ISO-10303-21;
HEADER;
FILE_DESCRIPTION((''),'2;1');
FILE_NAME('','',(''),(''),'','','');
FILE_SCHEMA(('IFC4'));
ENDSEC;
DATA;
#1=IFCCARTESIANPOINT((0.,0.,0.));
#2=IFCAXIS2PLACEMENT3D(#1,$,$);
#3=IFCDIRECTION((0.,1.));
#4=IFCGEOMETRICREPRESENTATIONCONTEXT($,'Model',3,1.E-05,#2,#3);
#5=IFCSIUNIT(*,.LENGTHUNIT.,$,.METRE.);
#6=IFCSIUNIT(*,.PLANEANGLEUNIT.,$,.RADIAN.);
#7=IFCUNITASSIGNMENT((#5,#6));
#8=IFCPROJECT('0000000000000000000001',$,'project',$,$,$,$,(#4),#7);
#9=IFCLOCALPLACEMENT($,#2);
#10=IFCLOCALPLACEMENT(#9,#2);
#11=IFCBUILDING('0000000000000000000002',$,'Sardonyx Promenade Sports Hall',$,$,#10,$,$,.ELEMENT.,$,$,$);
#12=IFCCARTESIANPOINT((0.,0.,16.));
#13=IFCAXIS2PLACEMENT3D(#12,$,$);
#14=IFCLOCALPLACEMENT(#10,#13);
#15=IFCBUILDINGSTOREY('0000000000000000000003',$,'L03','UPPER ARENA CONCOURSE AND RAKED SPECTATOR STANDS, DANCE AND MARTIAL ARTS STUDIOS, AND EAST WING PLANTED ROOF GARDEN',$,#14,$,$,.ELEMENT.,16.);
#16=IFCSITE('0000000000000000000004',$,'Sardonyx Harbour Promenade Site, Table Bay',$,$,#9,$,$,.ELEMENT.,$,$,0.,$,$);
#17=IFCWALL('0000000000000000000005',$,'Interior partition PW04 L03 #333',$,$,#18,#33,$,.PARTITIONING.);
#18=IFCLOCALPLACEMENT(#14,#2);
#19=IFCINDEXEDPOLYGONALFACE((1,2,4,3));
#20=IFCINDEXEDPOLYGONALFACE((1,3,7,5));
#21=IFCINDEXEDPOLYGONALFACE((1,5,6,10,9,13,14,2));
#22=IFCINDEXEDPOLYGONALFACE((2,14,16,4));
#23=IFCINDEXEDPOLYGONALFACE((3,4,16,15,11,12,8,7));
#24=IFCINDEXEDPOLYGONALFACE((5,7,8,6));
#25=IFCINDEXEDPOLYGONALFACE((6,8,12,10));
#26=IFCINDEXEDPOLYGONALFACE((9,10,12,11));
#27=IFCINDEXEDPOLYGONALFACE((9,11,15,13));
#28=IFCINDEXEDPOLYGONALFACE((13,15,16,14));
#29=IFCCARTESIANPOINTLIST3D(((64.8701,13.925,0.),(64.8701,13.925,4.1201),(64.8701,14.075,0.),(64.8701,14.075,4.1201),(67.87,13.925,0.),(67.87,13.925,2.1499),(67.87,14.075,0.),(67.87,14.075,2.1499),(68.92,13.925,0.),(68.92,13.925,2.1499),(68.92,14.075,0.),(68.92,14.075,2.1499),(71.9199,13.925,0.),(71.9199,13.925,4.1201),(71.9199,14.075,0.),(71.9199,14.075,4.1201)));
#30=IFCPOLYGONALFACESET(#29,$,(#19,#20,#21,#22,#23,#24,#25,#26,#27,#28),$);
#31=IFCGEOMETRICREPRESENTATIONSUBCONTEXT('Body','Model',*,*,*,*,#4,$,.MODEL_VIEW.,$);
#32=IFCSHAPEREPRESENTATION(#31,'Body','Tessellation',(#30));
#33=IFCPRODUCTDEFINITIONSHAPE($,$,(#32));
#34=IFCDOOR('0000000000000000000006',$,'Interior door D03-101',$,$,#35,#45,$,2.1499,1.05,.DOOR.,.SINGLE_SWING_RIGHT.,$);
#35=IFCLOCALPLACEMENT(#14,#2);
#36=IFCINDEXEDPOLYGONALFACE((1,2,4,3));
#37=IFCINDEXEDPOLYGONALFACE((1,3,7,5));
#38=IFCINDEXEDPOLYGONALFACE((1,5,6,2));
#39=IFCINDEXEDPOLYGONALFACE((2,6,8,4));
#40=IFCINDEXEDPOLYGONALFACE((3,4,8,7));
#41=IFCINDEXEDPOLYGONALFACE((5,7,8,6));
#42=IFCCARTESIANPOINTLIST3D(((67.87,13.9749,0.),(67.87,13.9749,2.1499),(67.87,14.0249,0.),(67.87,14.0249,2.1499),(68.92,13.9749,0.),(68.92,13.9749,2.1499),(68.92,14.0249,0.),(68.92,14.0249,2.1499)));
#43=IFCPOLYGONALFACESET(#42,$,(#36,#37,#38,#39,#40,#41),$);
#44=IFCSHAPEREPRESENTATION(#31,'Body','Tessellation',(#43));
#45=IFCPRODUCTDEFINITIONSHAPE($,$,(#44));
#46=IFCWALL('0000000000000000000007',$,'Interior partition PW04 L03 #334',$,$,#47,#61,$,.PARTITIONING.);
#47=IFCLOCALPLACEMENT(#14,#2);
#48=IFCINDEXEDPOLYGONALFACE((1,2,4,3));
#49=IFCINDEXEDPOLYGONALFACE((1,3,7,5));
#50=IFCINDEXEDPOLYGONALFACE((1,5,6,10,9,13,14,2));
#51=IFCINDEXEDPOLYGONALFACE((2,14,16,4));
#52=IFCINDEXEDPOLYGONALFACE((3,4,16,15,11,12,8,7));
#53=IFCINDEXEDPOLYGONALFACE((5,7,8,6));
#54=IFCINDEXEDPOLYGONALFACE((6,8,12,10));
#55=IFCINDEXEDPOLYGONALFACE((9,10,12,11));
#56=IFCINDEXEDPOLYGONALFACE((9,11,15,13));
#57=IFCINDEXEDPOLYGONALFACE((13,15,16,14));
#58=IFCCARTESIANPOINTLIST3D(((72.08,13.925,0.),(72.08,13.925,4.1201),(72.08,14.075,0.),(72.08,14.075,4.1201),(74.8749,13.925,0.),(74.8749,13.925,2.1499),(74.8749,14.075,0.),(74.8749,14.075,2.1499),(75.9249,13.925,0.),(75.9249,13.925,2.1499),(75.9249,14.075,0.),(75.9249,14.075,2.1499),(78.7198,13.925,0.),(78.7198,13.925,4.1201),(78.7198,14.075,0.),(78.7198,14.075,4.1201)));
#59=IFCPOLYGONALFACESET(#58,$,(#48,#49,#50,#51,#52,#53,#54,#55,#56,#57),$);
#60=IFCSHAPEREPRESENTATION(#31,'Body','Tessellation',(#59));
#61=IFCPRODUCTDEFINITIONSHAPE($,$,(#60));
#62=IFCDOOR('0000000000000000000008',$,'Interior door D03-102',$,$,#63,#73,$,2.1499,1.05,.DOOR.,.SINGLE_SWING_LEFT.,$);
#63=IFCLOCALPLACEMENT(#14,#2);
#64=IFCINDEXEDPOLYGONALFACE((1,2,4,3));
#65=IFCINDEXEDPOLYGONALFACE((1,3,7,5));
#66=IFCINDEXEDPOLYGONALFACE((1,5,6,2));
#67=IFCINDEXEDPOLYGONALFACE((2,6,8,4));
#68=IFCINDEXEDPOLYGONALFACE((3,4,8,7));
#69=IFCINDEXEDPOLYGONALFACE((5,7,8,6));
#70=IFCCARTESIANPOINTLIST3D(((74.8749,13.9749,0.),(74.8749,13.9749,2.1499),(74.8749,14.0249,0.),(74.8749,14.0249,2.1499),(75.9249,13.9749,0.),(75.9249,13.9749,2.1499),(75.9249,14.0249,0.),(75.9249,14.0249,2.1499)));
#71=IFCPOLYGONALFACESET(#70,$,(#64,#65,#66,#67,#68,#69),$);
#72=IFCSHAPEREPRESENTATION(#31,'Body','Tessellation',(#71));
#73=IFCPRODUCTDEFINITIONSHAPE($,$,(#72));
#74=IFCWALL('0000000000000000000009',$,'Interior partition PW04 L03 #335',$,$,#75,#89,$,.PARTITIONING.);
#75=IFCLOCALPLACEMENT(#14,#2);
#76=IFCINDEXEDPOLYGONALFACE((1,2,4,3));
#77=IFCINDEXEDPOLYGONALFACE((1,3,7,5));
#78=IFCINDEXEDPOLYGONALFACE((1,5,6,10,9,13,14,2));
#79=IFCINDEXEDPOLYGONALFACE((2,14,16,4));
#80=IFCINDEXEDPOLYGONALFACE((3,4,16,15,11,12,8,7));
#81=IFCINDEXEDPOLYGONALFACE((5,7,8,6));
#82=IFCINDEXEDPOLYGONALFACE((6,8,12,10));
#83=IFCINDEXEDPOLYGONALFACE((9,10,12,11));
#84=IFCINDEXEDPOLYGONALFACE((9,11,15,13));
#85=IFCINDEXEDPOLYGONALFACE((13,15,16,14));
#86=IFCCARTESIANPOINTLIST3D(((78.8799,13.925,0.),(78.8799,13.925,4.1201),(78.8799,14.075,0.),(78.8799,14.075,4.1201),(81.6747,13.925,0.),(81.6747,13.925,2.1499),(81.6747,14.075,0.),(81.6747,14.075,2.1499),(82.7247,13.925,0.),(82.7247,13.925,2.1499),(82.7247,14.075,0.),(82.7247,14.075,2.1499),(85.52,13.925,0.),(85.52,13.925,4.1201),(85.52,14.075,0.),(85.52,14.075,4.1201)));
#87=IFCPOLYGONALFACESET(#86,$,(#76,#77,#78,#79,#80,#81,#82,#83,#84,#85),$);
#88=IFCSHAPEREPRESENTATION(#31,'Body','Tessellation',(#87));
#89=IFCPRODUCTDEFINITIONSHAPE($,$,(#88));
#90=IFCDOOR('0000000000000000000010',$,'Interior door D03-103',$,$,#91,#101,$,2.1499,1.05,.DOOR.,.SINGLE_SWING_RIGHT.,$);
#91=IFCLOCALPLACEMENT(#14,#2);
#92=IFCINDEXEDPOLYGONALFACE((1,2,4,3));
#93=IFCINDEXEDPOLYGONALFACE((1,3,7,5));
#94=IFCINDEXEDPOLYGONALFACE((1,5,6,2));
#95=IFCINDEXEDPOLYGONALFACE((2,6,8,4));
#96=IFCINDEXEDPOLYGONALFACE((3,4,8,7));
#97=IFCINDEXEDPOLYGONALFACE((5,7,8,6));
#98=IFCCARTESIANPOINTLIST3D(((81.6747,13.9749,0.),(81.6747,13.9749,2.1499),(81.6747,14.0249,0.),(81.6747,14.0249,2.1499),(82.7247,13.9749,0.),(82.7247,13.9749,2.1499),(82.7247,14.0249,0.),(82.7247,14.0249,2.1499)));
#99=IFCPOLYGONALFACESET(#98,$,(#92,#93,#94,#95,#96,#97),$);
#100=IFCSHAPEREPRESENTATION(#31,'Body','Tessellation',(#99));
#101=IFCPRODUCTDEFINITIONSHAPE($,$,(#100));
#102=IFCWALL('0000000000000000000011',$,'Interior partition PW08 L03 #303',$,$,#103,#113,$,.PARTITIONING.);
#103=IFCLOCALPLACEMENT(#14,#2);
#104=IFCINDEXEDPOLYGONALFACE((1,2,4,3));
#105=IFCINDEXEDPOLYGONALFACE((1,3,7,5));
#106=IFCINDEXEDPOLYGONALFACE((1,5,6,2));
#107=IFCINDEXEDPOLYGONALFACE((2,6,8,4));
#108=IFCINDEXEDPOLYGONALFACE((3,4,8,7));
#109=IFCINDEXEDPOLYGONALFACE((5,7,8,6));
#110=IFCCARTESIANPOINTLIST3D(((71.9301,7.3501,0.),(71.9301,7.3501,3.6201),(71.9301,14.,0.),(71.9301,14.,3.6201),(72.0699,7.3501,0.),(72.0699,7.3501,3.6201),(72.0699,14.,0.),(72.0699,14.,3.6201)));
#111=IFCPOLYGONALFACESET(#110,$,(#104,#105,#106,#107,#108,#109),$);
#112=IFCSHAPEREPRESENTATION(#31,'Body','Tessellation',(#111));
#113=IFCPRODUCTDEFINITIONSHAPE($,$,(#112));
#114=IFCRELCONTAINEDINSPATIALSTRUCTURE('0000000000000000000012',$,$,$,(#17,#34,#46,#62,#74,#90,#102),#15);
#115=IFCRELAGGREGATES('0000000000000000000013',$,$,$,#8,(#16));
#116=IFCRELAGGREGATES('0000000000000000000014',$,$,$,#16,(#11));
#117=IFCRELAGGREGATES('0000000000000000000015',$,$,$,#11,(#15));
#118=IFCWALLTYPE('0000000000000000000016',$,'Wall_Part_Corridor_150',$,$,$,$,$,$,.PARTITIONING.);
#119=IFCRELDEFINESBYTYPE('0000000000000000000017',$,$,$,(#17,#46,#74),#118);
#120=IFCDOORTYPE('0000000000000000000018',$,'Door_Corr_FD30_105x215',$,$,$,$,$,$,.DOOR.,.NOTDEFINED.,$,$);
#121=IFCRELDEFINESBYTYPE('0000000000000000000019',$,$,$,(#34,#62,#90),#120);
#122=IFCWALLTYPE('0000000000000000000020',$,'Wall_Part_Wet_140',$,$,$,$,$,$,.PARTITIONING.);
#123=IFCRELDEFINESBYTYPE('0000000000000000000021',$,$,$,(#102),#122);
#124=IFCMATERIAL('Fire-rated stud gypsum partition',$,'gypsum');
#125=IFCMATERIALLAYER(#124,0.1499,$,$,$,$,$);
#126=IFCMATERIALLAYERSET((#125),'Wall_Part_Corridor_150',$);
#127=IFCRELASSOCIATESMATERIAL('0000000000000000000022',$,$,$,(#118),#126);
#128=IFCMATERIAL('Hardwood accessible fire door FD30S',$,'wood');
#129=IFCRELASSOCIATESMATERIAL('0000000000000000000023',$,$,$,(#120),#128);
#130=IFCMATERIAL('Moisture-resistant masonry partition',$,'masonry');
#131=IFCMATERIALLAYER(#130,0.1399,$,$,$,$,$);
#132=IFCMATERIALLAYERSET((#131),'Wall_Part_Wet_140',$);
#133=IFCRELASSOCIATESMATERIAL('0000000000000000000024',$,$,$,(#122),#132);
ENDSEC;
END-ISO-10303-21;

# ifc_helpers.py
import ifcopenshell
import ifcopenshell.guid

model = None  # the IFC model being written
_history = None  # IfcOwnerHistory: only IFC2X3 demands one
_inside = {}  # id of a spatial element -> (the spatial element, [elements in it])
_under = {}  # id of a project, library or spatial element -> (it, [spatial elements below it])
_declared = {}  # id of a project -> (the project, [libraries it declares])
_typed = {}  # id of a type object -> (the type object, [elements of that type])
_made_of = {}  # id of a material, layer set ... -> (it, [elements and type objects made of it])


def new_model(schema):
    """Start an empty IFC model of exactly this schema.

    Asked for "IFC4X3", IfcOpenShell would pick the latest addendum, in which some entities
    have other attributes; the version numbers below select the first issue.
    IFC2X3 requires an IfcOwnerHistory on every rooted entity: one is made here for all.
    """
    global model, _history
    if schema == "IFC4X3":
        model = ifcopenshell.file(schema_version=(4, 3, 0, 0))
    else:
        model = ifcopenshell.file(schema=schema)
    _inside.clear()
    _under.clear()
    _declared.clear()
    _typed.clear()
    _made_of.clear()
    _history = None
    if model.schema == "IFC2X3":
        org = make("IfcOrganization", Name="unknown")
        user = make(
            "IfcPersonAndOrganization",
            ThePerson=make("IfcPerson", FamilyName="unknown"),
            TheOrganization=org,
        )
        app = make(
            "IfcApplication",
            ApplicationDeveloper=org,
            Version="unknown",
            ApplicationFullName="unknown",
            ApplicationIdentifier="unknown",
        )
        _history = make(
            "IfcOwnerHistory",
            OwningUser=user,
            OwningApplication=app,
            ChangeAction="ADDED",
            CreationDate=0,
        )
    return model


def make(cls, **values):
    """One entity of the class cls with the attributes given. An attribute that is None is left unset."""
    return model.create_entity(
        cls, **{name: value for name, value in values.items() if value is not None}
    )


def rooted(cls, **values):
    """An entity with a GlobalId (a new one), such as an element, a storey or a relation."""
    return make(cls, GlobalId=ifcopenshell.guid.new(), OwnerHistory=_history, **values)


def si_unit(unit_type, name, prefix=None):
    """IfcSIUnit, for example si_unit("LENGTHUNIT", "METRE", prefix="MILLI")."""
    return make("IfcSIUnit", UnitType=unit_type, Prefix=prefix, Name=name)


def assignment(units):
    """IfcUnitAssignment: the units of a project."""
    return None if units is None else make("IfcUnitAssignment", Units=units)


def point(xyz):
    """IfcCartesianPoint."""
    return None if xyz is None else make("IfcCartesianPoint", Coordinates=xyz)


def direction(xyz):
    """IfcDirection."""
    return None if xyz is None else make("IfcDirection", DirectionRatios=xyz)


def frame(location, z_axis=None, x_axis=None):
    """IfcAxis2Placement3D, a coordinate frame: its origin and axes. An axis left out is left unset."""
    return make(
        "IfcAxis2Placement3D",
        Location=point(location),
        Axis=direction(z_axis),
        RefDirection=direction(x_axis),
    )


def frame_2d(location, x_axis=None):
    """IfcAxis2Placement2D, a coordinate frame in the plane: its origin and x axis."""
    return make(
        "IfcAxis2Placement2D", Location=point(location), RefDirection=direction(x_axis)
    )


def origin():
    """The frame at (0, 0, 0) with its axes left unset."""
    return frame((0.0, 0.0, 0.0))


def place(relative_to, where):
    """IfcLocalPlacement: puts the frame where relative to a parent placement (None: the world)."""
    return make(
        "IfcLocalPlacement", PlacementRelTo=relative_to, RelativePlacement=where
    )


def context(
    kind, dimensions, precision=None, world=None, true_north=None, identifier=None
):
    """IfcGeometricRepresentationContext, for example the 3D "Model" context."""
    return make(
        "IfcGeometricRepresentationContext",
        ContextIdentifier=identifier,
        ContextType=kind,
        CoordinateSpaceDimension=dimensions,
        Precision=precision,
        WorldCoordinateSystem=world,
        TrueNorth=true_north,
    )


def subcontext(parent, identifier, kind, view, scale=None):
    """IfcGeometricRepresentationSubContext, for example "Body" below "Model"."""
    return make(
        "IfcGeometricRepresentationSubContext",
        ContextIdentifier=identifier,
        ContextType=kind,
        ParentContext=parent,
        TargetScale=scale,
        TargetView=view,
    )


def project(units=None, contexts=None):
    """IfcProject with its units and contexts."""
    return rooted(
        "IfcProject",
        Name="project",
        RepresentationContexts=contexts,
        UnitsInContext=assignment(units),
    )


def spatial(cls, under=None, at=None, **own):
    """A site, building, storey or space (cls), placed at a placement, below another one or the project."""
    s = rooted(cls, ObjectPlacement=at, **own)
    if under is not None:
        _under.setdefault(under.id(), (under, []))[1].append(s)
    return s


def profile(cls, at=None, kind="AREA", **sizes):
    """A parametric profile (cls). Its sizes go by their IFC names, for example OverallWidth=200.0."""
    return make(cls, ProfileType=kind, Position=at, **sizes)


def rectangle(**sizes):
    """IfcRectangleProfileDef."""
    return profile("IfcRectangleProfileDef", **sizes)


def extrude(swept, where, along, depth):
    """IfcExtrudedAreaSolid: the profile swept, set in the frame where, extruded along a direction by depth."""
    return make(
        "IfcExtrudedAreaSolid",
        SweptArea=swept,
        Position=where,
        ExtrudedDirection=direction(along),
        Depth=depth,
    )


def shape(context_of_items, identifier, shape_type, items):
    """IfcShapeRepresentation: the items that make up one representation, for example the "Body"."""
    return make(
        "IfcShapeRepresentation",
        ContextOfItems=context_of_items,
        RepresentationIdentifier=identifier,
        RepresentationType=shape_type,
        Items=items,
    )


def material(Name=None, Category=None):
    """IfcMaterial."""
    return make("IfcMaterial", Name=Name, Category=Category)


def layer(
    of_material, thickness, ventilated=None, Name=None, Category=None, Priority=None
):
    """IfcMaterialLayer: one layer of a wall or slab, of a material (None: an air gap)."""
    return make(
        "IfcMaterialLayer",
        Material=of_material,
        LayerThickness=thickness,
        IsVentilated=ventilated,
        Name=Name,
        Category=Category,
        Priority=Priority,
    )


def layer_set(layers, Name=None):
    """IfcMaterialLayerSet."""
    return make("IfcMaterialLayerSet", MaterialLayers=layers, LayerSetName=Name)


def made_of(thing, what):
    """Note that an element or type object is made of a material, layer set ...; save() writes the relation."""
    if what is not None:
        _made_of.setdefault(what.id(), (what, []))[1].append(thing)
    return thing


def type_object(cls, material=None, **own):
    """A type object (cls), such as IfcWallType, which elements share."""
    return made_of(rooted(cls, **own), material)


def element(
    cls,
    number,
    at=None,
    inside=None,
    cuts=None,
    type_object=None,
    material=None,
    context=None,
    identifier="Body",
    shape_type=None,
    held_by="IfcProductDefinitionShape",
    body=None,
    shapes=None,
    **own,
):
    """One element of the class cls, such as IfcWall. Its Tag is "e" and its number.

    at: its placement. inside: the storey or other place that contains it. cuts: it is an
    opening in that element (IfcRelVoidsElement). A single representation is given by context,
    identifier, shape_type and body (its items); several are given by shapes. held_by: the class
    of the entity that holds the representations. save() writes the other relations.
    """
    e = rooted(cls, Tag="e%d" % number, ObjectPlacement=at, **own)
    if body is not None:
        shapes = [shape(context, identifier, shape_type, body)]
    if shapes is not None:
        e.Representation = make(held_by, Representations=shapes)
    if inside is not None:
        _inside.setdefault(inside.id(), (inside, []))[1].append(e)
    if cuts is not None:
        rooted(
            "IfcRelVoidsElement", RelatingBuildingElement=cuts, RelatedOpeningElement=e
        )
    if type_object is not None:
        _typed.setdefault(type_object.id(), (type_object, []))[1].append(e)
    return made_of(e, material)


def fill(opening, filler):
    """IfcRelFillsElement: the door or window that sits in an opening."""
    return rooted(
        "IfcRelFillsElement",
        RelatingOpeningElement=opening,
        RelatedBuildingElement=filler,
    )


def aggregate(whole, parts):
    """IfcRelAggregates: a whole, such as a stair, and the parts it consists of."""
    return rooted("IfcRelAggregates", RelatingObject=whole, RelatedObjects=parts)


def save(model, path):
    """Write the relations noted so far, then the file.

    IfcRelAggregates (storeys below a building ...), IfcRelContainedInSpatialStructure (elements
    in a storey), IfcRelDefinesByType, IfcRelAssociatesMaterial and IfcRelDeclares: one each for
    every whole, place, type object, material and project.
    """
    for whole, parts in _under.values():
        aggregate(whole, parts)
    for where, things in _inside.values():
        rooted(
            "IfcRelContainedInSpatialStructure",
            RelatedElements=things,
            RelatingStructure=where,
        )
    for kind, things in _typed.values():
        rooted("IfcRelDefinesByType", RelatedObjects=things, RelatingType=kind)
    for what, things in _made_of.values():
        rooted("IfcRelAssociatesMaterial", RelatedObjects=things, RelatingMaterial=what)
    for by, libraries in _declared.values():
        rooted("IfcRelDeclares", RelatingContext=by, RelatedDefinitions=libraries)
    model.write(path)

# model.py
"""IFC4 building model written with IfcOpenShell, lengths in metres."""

from ifc_helpers import new_model, si_unit, direction, frame, frame_2d, origin, place, context, subcontext, project, spatial, rectangle, extrude, material, layer, layer_set, type_object, element, fill, save


model = new_model("IFC4")

# Units and contexts
model_context = context("Model", 3, precision=1e-05, world=origin(), true_north=direction((0.0, 1.0)))
body_context = subcontext(model_context, "Body", "Model", "MODEL_VIEW")
ifc_project = project(units=[si_unit("LENGTHUNIT", "METRE"), si_unit("PLANEANGLEUNIT", "RADIAN")], contexts=[model_context])

# Site, building, storey
site_placement = place(None, origin())
site = spatial("IfcSite", under=ifc_project, at=site_placement, Name="Sardonyx Harbour Promenade Site, Table Bay", CompositionType="ELEMENT", RefElevation=0.0)
building_placement = place(site_placement, origin())
building = spatial("IfcBuilding", under=site, at=building_placement, Name="Sardonyx Promenade Sports Hall", CompositionType="ELEMENT")
storey_placement = place(building_placement, frame((0.0, 0.0, 16.0)))
storey = spatial("IfcBuildingStorey", under=building, at=storey_placement, Name="L03", Description="UPPER ARENA CONCOURSE AND RAKED SPECTATOR STANDS, DANCE AND MARTIAL ARTS STUDIOS, AND EAST WING PLANTED ROOF GARDEN", CompositionType="ELEMENT", Elevation=16.0)

# Walls, openings, doors
ifc_material_1 = material(Name="Fire-rated stud gypsum partition", Category="gypsum")
ifc_layer_1 = layer(ifc_material_1, 0.1499)
ifc_layer_set_1 = layer_set([ifc_layer_1], Name="Wall_Part_Corridor_150")
wall_type_1 = type_object("IfcWallType", Name="Wall_Part_Corridor_150", PredefinedType="PARTITIONING", material=ifc_layer_set_1)
wall_1_placement = place(storey_placement, frame((64.8701, 14.0, 0.0), z_axis=(0.0, 0.0, 1.0), x_axis=(1.0, 0.0, 0.0)))
wall_1 = element("IfcWall", 1, at=wall_1_placement, inside=storey, type_object=wall_type_1, Name="Interior partition PW04 L03 #333", PredefinedType="PARTITIONING", context=body_context, shape_type="SweptSolid", body=[
    extrude(rectangle(XDim=7.0498, YDim=0.1499, at=frame_2d((3.5249, 0.0))), origin(), (0.0, 0.0, 1.0), 4.1201),
])
opening_1_placement = place(wall_1_placement, frame((3.0, 0.0, 0.0)))
opening_1 = element("IfcOpeningElement", 2, at=opening_1_placement, cuts=wall_1, PredefinedType="OPENING", context=body_context, shape_type="SweptSolid", body=[
    extrude(rectangle(XDim=1.05, YDim=2.1499, at=frame_2d((0.5249, 1.075))), frame((0.0, 0.085, 0.0), z_axis=(0.0, -1.0, 0.0), x_axis=(1.0, 0.0, 0.0)), (0.0, 0.0, 1.0), 0.17),
])
ifc_material_2 = material(Name="Hardwood accessible fire door FD30S", Category="wood")
door_type = type_object("IfcDoorType", Name="Door_Corr_FD30_105x215", OperationType="NOTDEFINED", PredefinedType="DOOR", material=ifc_material_2)
door_1_placement = place(opening_1_placement, origin())
door_1 = element("IfcDoor", 3, at=door_1_placement, inside=storey, type_object=door_type, Name="Interior door D03-101", OperationType="SINGLE_SWING_RIGHT", OverallHeight=2.1499, OverallWidth=1.05, PredefinedType="DOOR", context=body_context, shape_type="SweptSolid", body=[
    extrude(rectangle(XDim=1.05, YDim=2.1499, at=frame_2d((0.5249, 1.075))), frame((0.0, 0.0249, 0.0), z_axis=(0.0, -1.0, 0.0), x_axis=(1.0, 0.0, 0.0)), (0.0, 0.0, 1.0), 0.05),
])
fill(opening_1, door_1)
wall_2_placement = place(storey_placement, frame((72.0801, 14.0, 0.0), z_axis=(0.0, 0.0, 1.0), x_axis=(1.0, 0.0, 0.0)))
wall_2 = element("IfcWall", 4, at=wall_2_placement, inside=storey, type_object=wall_type_1, Name="Interior partition PW04 L03 #334", PredefinedType="PARTITIONING", context=body_context, shape_type="SweptSolid", body=[
    extrude(rectangle(XDim=6.6399, YDim=0.1499, at=frame_2d((3.3198, 0.0))), origin(), (0.0, 0.0, 1.0), 4.1201),
])
opening_2_placement = place(wall_2_placement, frame((2.7949, 0.0, 0.0)))
opening_2 = element("IfcOpeningElement", 5, at=opening_2_placement, cuts=wall_2, PredefinedType="OPENING", context=body_context, shape_type="SweptSolid", body=[
    extrude(rectangle(XDim=1.05, YDim=2.1499, at=frame_2d((0.5249, 1.075))), frame((0.0, 0.085, 0.0), z_axis=(0.0, -1.0, 0.0), x_axis=(1.0, 0.0, 0.0)), (0.0, 0.0, 1.0), 0.17),
])
door_2_placement = place(opening_2_placement, origin())
door_2 = element("IfcDoor", 6, at=door_2_placement, inside=storey, type_object=door_type, Name="Interior door D03-102", OperationType="SINGLE_SWING_LEFT", OverallHeight=2.1499, OverallWidth=1.05, PredefinedType="DOOR", context=body_context, shape_type="SweptSolid", body=[
    extrude(rectangle(XDim=1.05, YDim=2.1499, at=frame_2d((0.5249, 1.075))), frame((0.0, 0.0249, 0.0), z_axis=(0.0, -1.0, 0.0), x_axis=(1.0, 0.0, 0.0)), (0.0, 0.0, 1.0), 0.05),
])
fill(opening_2, door_2)
wall_3_placement = place(storey_placement, frame((78.8799, 14.0, 0.0), z_axis=(0.0, 0.0, 1.0), x_axis=(1.0, 0.0, 0.0)))
wall_3 = element("IfcWall", 7, at=wall_3_placement, inside=storey, type_object=wall_type_1, Name="Interior partition PW04 L03 #335", PredefinedType="PARTITIONING", context=body_context, shape_type="SweptSolid", body=[
    extrude(rectangle(XDim=6.6401, YDim=0.1499, at=frame_2d((3.3201, 0.0))), origin(), (0.0, 0.0, 1.0), 4.1201),
])
opening_3_placement = place(wall_3_placement, frame((2.7949, 0.0, 0.0)))
opening_3 = element("IfcOpeningElement", 8, at=opening_3_placement, cuts=wall_3, PredefinedType="OPENING", context=body_context, shape_type="SweptSolid", body=[
    extrude(rectangle(XDim=1.05, YDim=2.1499, at=frame_2d((0.5249, 1.075))), frame((0.0, 0.085, 0.0), z_axis=(0.0, -1.0, 0.0), x_axis=(1.0, 0.0, 0.0)), (0.0, 0.0, 1.0), 0.17),
])
door_3_placement = place(opening_3_placement, origin())
door_3 = element("IfcDoor", 9, at=door_3_placement, inside=storey, type_object=door_type, Name="Interior door D03-103", OperationType="SINGLE_SWING_RIGHT", OverallHeight=2.1499, OverallWidth=1.05, PredefinedType="DOOR", context=body_context, shape_type="SweptSolid", body=[
    extrude(rectangle(XDim=1.05, YDim=2.1499, at=frame_2d((0.5249, 1.075))), frame((0.0, 0.0249, 0.0), z_axis=(0.0, -1.0, 0.0), x_axis=(1.0, 0.0, 0.0)), (0.0, 0.0, 1.0), 0.05),
])
fill(opening_3, door_3)

# Wall
ifc_material_3 = material(Name="Moisture-resistant masonry partition", Category="masonry")
ifc_layer_2 = layer(ifc_material_3, 0.1399)
ifc_layer_set_2 = layer_set([ifc_layer_2], Name="Wall_Part_Wet_140")
wall_type_2 = type_object("IfcWallType", Name="Wall_Part_Wet_140", PredefinedType="PARTITIONING", material=ifc_layer_set_2)
wall_4_placement = place(storey_placement, frame((72.0, 7.3501, 0.0), z_axis=(0.0, 0.0, 1.0), x_axis=(0.0, 1.0, 0.0)))
element("IfcWall", 10, at=wall_4_placement, inside=storey, type_object=wall_type_2, Name="Interior partition PW08 L03 #303", PredefinedType="PARTITIONING", context=body_context, shape_type="SweptSolid", body=[
    extrude(rectangle(XDim=6.6499, YDim=0.1399, at=frame_2d((3.325, 0.0))), origin(), (0.0, 0.0, 1.0), 3.6201),
])

save(model, "model.ifc")
